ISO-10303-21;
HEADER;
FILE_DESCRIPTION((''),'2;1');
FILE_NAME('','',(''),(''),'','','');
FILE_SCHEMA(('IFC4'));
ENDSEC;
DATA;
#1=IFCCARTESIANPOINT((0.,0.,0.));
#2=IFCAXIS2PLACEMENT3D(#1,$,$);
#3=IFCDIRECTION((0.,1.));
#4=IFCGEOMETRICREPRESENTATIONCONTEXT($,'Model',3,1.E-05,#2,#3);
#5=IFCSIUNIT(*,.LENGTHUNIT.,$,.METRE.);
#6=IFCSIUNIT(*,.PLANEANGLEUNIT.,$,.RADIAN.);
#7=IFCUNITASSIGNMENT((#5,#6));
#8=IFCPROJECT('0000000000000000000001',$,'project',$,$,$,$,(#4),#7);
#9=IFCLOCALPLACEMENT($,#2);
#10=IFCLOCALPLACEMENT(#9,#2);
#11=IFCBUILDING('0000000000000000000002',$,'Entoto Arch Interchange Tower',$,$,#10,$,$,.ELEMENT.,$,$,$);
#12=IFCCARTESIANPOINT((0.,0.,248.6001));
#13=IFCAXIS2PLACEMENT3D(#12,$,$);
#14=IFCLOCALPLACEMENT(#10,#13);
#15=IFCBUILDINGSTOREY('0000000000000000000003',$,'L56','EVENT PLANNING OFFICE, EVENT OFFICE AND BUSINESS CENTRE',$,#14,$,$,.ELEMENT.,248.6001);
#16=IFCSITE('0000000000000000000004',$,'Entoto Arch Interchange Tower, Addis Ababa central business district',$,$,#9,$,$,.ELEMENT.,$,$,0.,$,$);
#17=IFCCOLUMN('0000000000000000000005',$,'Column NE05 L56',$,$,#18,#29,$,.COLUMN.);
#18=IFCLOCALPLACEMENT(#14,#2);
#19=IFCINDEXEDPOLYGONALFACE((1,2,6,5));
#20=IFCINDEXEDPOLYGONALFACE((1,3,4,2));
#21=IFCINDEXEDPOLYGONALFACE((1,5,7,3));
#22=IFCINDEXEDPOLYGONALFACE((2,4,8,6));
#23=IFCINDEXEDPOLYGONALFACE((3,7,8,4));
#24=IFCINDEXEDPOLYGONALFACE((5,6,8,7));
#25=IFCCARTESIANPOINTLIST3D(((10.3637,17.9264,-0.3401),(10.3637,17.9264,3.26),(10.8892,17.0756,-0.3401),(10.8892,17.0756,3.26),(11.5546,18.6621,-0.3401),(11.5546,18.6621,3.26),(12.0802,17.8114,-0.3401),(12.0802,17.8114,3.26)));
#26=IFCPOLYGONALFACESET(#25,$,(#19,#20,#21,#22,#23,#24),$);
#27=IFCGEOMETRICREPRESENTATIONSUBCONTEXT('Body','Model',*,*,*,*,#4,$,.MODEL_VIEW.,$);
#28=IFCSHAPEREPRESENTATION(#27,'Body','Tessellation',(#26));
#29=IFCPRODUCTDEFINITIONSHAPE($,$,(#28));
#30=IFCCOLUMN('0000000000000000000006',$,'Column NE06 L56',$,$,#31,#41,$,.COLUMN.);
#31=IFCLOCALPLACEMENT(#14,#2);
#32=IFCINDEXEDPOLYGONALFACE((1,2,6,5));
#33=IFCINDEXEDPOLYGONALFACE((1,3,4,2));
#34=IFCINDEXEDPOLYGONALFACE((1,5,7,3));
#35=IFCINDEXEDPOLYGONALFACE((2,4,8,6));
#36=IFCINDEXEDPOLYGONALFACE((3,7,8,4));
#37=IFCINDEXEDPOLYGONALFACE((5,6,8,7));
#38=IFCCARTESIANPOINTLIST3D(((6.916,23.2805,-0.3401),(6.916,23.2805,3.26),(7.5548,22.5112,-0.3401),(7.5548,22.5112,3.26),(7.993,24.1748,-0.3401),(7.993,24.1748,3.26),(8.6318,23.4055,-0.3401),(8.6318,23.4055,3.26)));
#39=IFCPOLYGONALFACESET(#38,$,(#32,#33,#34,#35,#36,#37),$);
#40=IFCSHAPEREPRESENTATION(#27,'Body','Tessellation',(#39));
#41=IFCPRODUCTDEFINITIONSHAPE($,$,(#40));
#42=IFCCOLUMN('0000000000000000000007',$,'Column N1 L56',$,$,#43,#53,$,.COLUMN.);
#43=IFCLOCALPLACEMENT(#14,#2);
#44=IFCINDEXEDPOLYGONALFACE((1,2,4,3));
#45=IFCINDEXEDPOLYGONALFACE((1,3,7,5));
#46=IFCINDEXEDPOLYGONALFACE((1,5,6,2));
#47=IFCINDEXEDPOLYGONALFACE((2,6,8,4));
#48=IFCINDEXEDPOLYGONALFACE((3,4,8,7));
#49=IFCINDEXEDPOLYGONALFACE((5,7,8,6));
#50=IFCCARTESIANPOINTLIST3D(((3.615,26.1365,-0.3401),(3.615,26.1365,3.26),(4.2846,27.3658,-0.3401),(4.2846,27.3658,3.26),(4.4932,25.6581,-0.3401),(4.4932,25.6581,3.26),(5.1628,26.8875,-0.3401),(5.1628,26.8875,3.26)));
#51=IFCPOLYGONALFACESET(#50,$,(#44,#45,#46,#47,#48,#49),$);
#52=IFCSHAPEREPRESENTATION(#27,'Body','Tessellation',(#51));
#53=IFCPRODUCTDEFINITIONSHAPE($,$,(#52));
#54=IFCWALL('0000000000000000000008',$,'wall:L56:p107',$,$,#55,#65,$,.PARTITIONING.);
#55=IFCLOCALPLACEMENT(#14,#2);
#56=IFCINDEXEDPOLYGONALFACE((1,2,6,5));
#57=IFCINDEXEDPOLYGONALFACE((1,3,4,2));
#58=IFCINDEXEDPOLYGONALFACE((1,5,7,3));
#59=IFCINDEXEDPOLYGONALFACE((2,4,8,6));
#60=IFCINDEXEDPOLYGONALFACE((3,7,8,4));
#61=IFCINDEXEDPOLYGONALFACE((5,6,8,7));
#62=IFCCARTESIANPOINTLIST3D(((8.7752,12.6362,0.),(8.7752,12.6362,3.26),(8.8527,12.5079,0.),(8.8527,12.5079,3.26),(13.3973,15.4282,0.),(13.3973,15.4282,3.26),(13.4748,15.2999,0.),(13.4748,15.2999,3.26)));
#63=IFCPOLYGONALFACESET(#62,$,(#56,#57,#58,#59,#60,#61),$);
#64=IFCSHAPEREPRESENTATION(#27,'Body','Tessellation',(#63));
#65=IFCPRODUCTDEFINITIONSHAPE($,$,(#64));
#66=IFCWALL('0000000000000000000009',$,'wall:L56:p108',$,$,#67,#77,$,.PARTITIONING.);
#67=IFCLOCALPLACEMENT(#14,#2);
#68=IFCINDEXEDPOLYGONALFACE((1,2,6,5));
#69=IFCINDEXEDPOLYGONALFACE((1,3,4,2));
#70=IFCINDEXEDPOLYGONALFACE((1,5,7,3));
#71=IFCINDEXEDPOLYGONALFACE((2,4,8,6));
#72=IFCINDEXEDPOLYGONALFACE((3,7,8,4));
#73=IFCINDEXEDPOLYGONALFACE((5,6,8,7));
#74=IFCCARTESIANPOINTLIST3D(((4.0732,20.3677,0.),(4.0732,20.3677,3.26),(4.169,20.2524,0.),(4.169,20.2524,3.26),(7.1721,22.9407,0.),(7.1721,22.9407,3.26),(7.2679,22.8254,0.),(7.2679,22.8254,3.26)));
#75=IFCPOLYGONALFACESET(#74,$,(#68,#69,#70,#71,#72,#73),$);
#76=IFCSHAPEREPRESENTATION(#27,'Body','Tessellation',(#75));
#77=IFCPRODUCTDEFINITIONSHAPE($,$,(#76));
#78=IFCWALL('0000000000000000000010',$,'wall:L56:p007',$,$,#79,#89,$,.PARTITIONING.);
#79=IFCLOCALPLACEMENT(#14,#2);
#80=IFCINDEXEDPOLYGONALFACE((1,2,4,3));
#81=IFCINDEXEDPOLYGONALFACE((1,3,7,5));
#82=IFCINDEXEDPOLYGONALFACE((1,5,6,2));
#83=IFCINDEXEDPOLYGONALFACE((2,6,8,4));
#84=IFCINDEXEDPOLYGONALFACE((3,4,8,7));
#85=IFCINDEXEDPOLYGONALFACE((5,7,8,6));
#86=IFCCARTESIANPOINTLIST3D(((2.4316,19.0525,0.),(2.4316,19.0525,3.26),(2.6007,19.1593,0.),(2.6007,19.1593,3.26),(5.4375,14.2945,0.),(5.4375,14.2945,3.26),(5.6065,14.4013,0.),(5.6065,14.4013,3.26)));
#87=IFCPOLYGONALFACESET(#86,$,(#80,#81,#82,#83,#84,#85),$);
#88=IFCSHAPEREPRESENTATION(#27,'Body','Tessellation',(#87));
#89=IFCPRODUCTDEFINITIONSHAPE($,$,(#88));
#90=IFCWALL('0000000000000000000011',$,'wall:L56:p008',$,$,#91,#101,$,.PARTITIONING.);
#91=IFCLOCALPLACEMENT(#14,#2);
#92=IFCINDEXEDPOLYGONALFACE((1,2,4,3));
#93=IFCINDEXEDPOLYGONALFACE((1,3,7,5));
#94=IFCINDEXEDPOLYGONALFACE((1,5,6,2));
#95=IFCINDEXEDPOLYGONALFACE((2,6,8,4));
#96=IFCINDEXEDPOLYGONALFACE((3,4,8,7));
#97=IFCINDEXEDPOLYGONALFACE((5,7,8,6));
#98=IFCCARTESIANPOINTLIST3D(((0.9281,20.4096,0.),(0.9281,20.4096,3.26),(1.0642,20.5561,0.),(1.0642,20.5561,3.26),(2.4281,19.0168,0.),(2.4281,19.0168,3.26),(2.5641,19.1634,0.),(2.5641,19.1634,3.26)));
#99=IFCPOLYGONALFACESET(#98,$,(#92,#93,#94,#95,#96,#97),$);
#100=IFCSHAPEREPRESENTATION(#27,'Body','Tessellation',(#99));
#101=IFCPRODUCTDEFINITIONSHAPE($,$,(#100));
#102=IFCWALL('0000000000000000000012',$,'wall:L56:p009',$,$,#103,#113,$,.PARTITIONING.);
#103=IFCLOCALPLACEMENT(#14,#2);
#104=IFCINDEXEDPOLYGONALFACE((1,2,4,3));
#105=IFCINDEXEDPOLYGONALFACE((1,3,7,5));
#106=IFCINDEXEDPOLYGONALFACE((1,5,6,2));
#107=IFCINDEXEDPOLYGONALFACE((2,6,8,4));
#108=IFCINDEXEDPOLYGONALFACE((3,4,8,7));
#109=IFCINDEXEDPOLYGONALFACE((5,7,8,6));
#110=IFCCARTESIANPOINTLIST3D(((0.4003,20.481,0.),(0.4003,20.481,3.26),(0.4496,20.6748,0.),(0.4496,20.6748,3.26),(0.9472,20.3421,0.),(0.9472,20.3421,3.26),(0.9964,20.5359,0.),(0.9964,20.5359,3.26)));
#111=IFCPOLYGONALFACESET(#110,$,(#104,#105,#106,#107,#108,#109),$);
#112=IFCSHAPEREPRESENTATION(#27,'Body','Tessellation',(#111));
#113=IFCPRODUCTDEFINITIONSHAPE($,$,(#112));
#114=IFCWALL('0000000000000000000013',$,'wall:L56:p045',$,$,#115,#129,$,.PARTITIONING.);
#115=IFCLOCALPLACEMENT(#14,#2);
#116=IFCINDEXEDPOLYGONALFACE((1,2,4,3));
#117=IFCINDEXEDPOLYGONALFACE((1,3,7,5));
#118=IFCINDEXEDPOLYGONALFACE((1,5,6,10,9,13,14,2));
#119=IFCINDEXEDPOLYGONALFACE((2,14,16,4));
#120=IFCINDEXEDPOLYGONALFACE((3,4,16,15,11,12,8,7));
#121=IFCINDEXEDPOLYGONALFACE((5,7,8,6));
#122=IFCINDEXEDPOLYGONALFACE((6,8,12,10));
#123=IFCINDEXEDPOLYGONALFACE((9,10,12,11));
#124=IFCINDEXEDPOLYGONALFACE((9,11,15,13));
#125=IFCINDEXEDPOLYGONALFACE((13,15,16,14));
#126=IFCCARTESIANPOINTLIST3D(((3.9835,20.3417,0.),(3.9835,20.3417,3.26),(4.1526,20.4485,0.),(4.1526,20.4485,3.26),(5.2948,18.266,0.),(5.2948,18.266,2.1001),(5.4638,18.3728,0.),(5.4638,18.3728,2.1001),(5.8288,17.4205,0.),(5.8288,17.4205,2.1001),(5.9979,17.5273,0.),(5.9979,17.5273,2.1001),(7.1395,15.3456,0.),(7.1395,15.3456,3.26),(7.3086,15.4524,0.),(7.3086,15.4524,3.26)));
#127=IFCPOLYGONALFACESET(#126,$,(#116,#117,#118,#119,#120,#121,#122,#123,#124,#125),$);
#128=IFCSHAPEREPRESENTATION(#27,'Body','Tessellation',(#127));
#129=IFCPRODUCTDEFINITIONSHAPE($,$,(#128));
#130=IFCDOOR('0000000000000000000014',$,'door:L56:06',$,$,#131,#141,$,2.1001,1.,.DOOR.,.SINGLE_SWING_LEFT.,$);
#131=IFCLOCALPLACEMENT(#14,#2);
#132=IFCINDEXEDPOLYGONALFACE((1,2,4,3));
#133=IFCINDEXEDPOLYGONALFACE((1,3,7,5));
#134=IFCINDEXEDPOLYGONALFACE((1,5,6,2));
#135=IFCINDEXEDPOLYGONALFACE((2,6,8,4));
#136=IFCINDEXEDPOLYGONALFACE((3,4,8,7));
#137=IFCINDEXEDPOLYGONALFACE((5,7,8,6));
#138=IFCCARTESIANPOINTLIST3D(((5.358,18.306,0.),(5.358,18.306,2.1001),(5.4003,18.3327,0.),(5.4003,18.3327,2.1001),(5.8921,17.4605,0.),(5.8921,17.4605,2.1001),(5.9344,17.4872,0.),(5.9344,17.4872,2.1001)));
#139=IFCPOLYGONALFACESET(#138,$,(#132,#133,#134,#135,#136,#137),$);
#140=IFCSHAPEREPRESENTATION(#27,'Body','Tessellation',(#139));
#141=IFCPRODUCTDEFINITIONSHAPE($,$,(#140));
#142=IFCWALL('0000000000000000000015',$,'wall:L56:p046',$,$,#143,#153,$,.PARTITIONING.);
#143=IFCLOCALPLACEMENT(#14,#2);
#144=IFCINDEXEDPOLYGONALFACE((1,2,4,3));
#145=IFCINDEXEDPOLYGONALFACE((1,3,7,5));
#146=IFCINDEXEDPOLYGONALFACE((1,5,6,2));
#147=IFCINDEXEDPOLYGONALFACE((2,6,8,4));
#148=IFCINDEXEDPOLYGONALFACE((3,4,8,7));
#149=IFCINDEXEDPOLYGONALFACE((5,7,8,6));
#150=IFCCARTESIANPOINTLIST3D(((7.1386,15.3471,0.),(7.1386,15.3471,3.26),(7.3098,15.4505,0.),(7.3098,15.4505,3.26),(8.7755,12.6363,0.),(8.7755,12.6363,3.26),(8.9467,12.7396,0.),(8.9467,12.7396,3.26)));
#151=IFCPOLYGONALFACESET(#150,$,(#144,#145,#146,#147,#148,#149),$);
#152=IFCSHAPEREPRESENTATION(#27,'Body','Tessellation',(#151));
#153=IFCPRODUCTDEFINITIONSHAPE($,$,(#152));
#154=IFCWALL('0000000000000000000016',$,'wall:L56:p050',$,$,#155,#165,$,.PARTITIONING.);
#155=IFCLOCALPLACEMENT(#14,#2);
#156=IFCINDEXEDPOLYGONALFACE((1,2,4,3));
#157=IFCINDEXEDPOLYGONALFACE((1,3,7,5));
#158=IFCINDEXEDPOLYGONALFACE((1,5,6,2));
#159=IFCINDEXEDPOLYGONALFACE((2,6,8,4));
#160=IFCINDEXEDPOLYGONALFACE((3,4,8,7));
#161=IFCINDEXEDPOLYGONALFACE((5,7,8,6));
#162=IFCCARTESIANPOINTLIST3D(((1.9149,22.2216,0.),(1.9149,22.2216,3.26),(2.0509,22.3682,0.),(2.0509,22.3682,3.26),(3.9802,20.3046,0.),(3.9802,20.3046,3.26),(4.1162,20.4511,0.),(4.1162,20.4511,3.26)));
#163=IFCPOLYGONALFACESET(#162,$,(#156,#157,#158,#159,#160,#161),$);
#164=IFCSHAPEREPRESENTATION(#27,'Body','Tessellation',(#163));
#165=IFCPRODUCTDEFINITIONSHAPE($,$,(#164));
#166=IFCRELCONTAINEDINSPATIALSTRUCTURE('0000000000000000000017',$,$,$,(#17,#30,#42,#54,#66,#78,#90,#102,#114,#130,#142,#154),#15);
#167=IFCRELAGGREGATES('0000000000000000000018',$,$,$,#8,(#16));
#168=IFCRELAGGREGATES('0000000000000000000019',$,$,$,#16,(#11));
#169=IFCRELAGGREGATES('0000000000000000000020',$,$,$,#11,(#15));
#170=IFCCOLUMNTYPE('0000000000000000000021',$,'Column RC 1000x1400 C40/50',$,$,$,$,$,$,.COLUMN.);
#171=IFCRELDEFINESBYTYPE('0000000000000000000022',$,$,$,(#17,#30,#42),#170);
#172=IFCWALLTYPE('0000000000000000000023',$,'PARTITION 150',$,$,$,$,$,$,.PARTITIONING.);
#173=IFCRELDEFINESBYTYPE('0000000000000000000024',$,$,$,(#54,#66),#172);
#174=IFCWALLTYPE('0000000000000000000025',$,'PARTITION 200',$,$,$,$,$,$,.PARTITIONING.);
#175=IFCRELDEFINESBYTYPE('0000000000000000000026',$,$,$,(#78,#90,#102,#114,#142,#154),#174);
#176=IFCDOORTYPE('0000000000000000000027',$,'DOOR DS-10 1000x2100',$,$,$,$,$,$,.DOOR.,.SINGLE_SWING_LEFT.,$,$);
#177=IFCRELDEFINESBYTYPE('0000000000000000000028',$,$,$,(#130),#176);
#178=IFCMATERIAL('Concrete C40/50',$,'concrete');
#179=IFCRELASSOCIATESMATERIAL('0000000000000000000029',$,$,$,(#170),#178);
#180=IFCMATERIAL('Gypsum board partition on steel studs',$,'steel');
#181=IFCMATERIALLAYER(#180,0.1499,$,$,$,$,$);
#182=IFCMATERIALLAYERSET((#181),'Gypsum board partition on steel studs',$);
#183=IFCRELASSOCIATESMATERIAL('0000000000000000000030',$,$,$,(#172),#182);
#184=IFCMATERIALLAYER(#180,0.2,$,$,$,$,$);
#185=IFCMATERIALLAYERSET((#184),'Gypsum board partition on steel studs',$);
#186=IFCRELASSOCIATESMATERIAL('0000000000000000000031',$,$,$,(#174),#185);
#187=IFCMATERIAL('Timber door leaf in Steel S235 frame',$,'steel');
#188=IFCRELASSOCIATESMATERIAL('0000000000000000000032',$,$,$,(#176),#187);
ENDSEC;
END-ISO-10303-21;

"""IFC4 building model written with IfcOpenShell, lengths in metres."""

from ifc_helpers import new_model, si_unit, direction, frame, frame_2d, origin, origin_2d, place, context, subcontext, project, spatial, rectangle, extrude, material, layer, layer_set, material_profile, profile_set, type_object, element, fill, save


model = new_model("IFC4")

# Units and contexts
model_context = context("Model", 3, precision=1e-05, world=origin(), true_north=direction((0.0, 1.0)))
body_context = subcontext(model_context, "Body", "Model", "MODEL_VIEW")
ifc_project = project(units=[si_unit("LENGTHUNIT", "METRE"), si_unit("PLANEANGLEUNIT", "RADIAN")], contexts=[model_context])

# Site, building, storey
site_placement = place(None, origin())
site = spatial("IfcSite", under=ifc_project, at=site_placement, Name="Entoto Arch Interchange Tower, Addis Ababa central business district", CompositionType="ELEMENT", RefElevation=0.0)
building_placement = place(site_placement, origin())
building = spatial("IfcBuilding", under=site, at=building_placement, Name="Entoto Arch Interchange Tower", CompositionType="ELEMENT")
storey_placement = place(building_placement, frame((0.0, 0.0, 248.6001)))
storey = spatial("IfcBuildingStorey", under=building, at=storey_placement, Name="L56", Description="EVENT PLANNING OFFICE, EVENT OFFICE AND BUSINESS CENTRE", CompositionType="ELEMENT", Elevation=248.6001)

# Columns
ifc_material_1 = material(Name="Concrete C40/50", Category="concrete")
ifc_material_profile = material_profile(ifc_material_1, rectangle(XDim=1.0, YDim=1.3999, at=origin_2d()))
ifc_profile_set = profile_set([ifc_material_profile], Name="Concrete C40/50")
column_type = type_object("IfcColumnType", Name="Column RC 1000x1400 C40/50", PredefinedType="COLUMN", material=ifc_profile_set)
for number, where, z_axis, x_axis, name in (
    (1, (11.2219, 17.8689, -0.3401), (0.0, 0.0, 1.0), (-0.525576, 0.850747, 0.0), "Column NE05 L56"),
    (2, (7.7739, 23.343, -0.3401), (0.0, 0.0, 1.0), (-0.638835, 0.769344, 0.0), "Column NE06 L56"),
    (3, (4.3889, 26.512, -0.3401), (0.0, 0.0, 1.0), (-0.878175, 0.478339, 0.0), "Column N1 L56"),
):
    element("IfcColumn", number, at=place(storey_placement, frame(where, z_axis=z_axis, x_axis=x_axis)), inside=storey, type_object=column_type, Name=name, PredefinedType="COLUMN", context=body_context, shape_type="SweptSolid", body=[
        extrude(rectangle(XDim=1.0, YDim=1.3999, at=origin_2d()), origin(), (0.0, 0.0, 1.0), 3.6001),
    ])

# Walls
ifc_material_2 = material(Name="Gypsum board partition on steel studs", Category="steel")
ifc_layer_1 = layer(ifc_material_2, 0.1499)
ifc_layer_set_1 = layer_set([ifc_layer_1], Name="Gypsum board partition on steel studs")
wall_type_1 = type_object("IfcWallType", Name="PARTITION 150", PredefinedType="PARTITIONING", material=ifc_layer_set_1)
wall_1_placement = place(storey_placement, frame((8.814, 12.572, 0.0), z_axis=(0.0, 0.0, 1.0), x_axis=(0.855957, 0.517047, 0.0)))
element("IfcWall", 4, at=wall_1_placement, inside=storey, type_object=wall_type_1, Name="wall:L56:p107", PredefinedType="PARTITIONING", context=body_context, shape_type="SweptSolid", body=[
    extrude(rectangle(XDim=5.3999, YDim=0.1499, at=frame_2d((2.7, 0.0))), origin(), (0.0, 0.0, 1.0), 3.26),
])
wall_2_placement = place(storey_placement, frame((4.1211, 20.3101, 0.0), z_axis=(0.0, 0.0, 1.0), x_axis=(0.769368, 0.638806, 0.0)))
element("IfcWall", 5, at=wall_2_placement, inside=storey, type_object=wall_type_1, Name="wall:L56:p108", PredefinedType="PARTITIONING", context=body_context, shape_type="SweptSolid", body=[
    extrude(rectangle(XDim=4.0278, YDim=0.1499, at=frame_2d((2.0139, 0.0))), origin(), (0.0, 0.0, 1.0), 3.26),
])
ifc_layer_2 = layer(ifc_material_2, 0.2)
ifc_layer_set_2 = layer_set([ifc_layer_2], Name="Gypsum board partition on steel studs")
wall_type_2 = type_object("IfcWallType", Name="PARTITION 200", PredefinedType="PARTITIONING", material=ifc_layer_set_2)
wall_3_placement = place(storey_placement, frame((5.522, 14.3479, 0.0), z_axis=(0.0, 0.0, 1.0), x_axis=(-0.534091, 0.845427, 0.0)))
element("IfcWall", 6, at=wall_3_placement, inside=storey, type_object=wall_type_2, Name="wall:L56:p007", PredefinedType="PARTITIONING", context=body_context, shape_type="SweptSolid", body=[
    extrude(rectangle(XDim=5.6279, YDim=0.2, at=frame_2d((2.814, 0.0))), origin(), (0.0, 0.0, 1.0), 3.26),
])
wall_4_placement = place(storey_placement, frame((2.4961, 19.0901, 0.0), z_axis=(0.0, 0.0, 1.0), x_axis=(-0.732802, 0.680442, 0.0)))
element("IfcWall", 7, at=wall_4_placement, inside=storey, type_object=wall_type_2, Name="wall:L56:p008", PredefinedType="PARTITIONING", context=body_context, shape_type="SweptSolid", body=[
    extrude(rectangle(XDim=2.0469, YDim=0.2, at=frame_2d((1.0234, 0.0))), origin(), (0.0, 0.0, 1.0), 3.26),
])
wall_5_placement = place(storey_placement, frame((0.9719, 20.439, 0.0), z_axis=(0.0, 0.0, 1.0), x_axis=(-0.969219, 0.246199, 0.0)))
element("IfcWall", 8, at=wall_5_placement, inside=storey, type_object=wall_type_2, Name="wall:L56:p009", PredefinedType="PARTITIONING", context=body_context, shape_type="SweptSolid", body=[
    extrude(rectangle(XDim=0.5642, YDim=0.2, at=frame_2d((0.2822, 0.0))), origin(), (0.0, 0.0, 1.0), 3.26),
])

# Wall, opening, door
wall_6_placement = place(storey_placement, frame((4.0681, 20.395, 0.0), z_axis=(0.0, 0.0, 1.0), x_axis=(0.534063, -0.845445, 0.0)))
wall_6 = element("IfcWall", 9, at=wall_6_placement, inside=storey, type_object=wall_type_2, Name="wall:L56:p045", PredefinedType="PARTITIONING", context=body_context, shape_type="SweptSolid", body=[
    extrude(rectangle(XDim=5.9094, YDim=0.2, at=frame_2d((2.9546, 0.0))), origin(), (0.0, 0.0, 1.0), 3.26),
])
opening_1_placement = place(wall_6_placement, frame((2.4551, 0.0, 0.0)))
opening_1 = element("IfcOpeningElement", 10, at=opening_1_placement, cuts=wall_6, PredefinedType="OPENING", context=body_context, shape_type="SweptSolid", body=[
    extrude(rectangle(XDim=1.0, YDim=2.1001, at=frame_2d((0.5, 1.05))), frame((0.0, 0.1099, 0.0), z_axis=(0.0, -1.0, 0.0), x_axis=(1.0, 0.0, 0.0)), (0.0, 0.0, 1.0), 0.22),
])
ifc_material_3 = material(Name="Timber door leaf in Steel S235 frame", Category="steel")
door_type_1 = type_object("IfcDoorType", Name="DOOR DS-10 1000x2100", OperationType="SINGLE_SWING_LEFT", PredefinedType="DOOR", material=ifc_material_3)
door_1_placement = place(opening_1_placement, origin())
door_1 = element("IfcDoor", 11, at=door_1_placement, inside=storey, type_object=door_type_1, Name="door:L56:06", OperationType="SINGLE_SWING_LEFT", OverallHeight=2.1001, OverallWidth=1.0, PredefinedType="DOOR", context=body_context, shape_type="SweptSolid", body=[
    extrude(rectangle(XDim=1.0, YDim=2.1001, at=frame_2d((0.5, 1.05))), frame((0.0, 0.0249, 0.0), z_axis=(0.0, -1.0, 0.0), x_axis=(1.0, 0.0, 0.0)), (0.0, 0.0, 1.0), 0.05),
])
fill(opening_1, door_1)

# Walls
wall_7_placement = place(storey_placement, frame((7.2241, 15.3989, 0.0), z_axis=(0.0, 0.0, 1.0), x_axis=(0.516909, -0.856041, 0.0)))
element("IfcWall", 12, at=wall_7_placement, inside=storey, type_object=wall_type_2, Name="wall:L56:p046", PredefinedType="PARTITIONING", context=body_context, shape_type="SweptSolid", body=[
    extrude(rectangle(XDim=3.1667, YDim=0.2, at=frame_2d((1.5835, 0.0))), origin(), (0.0, 0.0, 1.0), 3.26),
])
wall_8_placement = place(storey_placement, frame((1.9829, 22.2949, 0.0), z_axis=(0.0, 0.0, 1.0), x_axis=(0.732914, -0.680321, 0.0)))
element("IfcWall", 13, at=wall_8_placement, inside=storey, type_object=wall_type_2, Name="wall:L56:p050", PredefinedType="PARTITIONING", context=body_context, shape_type="SweptSolid", body=[
    extrude(rectangle(XDim=2.8179, YDim=0.2, at=frame_2d((1.4089, 0.0))), origin(), (0.0, 0.0, 1.0), 3.26),
])

save(model, "model.ifc")
